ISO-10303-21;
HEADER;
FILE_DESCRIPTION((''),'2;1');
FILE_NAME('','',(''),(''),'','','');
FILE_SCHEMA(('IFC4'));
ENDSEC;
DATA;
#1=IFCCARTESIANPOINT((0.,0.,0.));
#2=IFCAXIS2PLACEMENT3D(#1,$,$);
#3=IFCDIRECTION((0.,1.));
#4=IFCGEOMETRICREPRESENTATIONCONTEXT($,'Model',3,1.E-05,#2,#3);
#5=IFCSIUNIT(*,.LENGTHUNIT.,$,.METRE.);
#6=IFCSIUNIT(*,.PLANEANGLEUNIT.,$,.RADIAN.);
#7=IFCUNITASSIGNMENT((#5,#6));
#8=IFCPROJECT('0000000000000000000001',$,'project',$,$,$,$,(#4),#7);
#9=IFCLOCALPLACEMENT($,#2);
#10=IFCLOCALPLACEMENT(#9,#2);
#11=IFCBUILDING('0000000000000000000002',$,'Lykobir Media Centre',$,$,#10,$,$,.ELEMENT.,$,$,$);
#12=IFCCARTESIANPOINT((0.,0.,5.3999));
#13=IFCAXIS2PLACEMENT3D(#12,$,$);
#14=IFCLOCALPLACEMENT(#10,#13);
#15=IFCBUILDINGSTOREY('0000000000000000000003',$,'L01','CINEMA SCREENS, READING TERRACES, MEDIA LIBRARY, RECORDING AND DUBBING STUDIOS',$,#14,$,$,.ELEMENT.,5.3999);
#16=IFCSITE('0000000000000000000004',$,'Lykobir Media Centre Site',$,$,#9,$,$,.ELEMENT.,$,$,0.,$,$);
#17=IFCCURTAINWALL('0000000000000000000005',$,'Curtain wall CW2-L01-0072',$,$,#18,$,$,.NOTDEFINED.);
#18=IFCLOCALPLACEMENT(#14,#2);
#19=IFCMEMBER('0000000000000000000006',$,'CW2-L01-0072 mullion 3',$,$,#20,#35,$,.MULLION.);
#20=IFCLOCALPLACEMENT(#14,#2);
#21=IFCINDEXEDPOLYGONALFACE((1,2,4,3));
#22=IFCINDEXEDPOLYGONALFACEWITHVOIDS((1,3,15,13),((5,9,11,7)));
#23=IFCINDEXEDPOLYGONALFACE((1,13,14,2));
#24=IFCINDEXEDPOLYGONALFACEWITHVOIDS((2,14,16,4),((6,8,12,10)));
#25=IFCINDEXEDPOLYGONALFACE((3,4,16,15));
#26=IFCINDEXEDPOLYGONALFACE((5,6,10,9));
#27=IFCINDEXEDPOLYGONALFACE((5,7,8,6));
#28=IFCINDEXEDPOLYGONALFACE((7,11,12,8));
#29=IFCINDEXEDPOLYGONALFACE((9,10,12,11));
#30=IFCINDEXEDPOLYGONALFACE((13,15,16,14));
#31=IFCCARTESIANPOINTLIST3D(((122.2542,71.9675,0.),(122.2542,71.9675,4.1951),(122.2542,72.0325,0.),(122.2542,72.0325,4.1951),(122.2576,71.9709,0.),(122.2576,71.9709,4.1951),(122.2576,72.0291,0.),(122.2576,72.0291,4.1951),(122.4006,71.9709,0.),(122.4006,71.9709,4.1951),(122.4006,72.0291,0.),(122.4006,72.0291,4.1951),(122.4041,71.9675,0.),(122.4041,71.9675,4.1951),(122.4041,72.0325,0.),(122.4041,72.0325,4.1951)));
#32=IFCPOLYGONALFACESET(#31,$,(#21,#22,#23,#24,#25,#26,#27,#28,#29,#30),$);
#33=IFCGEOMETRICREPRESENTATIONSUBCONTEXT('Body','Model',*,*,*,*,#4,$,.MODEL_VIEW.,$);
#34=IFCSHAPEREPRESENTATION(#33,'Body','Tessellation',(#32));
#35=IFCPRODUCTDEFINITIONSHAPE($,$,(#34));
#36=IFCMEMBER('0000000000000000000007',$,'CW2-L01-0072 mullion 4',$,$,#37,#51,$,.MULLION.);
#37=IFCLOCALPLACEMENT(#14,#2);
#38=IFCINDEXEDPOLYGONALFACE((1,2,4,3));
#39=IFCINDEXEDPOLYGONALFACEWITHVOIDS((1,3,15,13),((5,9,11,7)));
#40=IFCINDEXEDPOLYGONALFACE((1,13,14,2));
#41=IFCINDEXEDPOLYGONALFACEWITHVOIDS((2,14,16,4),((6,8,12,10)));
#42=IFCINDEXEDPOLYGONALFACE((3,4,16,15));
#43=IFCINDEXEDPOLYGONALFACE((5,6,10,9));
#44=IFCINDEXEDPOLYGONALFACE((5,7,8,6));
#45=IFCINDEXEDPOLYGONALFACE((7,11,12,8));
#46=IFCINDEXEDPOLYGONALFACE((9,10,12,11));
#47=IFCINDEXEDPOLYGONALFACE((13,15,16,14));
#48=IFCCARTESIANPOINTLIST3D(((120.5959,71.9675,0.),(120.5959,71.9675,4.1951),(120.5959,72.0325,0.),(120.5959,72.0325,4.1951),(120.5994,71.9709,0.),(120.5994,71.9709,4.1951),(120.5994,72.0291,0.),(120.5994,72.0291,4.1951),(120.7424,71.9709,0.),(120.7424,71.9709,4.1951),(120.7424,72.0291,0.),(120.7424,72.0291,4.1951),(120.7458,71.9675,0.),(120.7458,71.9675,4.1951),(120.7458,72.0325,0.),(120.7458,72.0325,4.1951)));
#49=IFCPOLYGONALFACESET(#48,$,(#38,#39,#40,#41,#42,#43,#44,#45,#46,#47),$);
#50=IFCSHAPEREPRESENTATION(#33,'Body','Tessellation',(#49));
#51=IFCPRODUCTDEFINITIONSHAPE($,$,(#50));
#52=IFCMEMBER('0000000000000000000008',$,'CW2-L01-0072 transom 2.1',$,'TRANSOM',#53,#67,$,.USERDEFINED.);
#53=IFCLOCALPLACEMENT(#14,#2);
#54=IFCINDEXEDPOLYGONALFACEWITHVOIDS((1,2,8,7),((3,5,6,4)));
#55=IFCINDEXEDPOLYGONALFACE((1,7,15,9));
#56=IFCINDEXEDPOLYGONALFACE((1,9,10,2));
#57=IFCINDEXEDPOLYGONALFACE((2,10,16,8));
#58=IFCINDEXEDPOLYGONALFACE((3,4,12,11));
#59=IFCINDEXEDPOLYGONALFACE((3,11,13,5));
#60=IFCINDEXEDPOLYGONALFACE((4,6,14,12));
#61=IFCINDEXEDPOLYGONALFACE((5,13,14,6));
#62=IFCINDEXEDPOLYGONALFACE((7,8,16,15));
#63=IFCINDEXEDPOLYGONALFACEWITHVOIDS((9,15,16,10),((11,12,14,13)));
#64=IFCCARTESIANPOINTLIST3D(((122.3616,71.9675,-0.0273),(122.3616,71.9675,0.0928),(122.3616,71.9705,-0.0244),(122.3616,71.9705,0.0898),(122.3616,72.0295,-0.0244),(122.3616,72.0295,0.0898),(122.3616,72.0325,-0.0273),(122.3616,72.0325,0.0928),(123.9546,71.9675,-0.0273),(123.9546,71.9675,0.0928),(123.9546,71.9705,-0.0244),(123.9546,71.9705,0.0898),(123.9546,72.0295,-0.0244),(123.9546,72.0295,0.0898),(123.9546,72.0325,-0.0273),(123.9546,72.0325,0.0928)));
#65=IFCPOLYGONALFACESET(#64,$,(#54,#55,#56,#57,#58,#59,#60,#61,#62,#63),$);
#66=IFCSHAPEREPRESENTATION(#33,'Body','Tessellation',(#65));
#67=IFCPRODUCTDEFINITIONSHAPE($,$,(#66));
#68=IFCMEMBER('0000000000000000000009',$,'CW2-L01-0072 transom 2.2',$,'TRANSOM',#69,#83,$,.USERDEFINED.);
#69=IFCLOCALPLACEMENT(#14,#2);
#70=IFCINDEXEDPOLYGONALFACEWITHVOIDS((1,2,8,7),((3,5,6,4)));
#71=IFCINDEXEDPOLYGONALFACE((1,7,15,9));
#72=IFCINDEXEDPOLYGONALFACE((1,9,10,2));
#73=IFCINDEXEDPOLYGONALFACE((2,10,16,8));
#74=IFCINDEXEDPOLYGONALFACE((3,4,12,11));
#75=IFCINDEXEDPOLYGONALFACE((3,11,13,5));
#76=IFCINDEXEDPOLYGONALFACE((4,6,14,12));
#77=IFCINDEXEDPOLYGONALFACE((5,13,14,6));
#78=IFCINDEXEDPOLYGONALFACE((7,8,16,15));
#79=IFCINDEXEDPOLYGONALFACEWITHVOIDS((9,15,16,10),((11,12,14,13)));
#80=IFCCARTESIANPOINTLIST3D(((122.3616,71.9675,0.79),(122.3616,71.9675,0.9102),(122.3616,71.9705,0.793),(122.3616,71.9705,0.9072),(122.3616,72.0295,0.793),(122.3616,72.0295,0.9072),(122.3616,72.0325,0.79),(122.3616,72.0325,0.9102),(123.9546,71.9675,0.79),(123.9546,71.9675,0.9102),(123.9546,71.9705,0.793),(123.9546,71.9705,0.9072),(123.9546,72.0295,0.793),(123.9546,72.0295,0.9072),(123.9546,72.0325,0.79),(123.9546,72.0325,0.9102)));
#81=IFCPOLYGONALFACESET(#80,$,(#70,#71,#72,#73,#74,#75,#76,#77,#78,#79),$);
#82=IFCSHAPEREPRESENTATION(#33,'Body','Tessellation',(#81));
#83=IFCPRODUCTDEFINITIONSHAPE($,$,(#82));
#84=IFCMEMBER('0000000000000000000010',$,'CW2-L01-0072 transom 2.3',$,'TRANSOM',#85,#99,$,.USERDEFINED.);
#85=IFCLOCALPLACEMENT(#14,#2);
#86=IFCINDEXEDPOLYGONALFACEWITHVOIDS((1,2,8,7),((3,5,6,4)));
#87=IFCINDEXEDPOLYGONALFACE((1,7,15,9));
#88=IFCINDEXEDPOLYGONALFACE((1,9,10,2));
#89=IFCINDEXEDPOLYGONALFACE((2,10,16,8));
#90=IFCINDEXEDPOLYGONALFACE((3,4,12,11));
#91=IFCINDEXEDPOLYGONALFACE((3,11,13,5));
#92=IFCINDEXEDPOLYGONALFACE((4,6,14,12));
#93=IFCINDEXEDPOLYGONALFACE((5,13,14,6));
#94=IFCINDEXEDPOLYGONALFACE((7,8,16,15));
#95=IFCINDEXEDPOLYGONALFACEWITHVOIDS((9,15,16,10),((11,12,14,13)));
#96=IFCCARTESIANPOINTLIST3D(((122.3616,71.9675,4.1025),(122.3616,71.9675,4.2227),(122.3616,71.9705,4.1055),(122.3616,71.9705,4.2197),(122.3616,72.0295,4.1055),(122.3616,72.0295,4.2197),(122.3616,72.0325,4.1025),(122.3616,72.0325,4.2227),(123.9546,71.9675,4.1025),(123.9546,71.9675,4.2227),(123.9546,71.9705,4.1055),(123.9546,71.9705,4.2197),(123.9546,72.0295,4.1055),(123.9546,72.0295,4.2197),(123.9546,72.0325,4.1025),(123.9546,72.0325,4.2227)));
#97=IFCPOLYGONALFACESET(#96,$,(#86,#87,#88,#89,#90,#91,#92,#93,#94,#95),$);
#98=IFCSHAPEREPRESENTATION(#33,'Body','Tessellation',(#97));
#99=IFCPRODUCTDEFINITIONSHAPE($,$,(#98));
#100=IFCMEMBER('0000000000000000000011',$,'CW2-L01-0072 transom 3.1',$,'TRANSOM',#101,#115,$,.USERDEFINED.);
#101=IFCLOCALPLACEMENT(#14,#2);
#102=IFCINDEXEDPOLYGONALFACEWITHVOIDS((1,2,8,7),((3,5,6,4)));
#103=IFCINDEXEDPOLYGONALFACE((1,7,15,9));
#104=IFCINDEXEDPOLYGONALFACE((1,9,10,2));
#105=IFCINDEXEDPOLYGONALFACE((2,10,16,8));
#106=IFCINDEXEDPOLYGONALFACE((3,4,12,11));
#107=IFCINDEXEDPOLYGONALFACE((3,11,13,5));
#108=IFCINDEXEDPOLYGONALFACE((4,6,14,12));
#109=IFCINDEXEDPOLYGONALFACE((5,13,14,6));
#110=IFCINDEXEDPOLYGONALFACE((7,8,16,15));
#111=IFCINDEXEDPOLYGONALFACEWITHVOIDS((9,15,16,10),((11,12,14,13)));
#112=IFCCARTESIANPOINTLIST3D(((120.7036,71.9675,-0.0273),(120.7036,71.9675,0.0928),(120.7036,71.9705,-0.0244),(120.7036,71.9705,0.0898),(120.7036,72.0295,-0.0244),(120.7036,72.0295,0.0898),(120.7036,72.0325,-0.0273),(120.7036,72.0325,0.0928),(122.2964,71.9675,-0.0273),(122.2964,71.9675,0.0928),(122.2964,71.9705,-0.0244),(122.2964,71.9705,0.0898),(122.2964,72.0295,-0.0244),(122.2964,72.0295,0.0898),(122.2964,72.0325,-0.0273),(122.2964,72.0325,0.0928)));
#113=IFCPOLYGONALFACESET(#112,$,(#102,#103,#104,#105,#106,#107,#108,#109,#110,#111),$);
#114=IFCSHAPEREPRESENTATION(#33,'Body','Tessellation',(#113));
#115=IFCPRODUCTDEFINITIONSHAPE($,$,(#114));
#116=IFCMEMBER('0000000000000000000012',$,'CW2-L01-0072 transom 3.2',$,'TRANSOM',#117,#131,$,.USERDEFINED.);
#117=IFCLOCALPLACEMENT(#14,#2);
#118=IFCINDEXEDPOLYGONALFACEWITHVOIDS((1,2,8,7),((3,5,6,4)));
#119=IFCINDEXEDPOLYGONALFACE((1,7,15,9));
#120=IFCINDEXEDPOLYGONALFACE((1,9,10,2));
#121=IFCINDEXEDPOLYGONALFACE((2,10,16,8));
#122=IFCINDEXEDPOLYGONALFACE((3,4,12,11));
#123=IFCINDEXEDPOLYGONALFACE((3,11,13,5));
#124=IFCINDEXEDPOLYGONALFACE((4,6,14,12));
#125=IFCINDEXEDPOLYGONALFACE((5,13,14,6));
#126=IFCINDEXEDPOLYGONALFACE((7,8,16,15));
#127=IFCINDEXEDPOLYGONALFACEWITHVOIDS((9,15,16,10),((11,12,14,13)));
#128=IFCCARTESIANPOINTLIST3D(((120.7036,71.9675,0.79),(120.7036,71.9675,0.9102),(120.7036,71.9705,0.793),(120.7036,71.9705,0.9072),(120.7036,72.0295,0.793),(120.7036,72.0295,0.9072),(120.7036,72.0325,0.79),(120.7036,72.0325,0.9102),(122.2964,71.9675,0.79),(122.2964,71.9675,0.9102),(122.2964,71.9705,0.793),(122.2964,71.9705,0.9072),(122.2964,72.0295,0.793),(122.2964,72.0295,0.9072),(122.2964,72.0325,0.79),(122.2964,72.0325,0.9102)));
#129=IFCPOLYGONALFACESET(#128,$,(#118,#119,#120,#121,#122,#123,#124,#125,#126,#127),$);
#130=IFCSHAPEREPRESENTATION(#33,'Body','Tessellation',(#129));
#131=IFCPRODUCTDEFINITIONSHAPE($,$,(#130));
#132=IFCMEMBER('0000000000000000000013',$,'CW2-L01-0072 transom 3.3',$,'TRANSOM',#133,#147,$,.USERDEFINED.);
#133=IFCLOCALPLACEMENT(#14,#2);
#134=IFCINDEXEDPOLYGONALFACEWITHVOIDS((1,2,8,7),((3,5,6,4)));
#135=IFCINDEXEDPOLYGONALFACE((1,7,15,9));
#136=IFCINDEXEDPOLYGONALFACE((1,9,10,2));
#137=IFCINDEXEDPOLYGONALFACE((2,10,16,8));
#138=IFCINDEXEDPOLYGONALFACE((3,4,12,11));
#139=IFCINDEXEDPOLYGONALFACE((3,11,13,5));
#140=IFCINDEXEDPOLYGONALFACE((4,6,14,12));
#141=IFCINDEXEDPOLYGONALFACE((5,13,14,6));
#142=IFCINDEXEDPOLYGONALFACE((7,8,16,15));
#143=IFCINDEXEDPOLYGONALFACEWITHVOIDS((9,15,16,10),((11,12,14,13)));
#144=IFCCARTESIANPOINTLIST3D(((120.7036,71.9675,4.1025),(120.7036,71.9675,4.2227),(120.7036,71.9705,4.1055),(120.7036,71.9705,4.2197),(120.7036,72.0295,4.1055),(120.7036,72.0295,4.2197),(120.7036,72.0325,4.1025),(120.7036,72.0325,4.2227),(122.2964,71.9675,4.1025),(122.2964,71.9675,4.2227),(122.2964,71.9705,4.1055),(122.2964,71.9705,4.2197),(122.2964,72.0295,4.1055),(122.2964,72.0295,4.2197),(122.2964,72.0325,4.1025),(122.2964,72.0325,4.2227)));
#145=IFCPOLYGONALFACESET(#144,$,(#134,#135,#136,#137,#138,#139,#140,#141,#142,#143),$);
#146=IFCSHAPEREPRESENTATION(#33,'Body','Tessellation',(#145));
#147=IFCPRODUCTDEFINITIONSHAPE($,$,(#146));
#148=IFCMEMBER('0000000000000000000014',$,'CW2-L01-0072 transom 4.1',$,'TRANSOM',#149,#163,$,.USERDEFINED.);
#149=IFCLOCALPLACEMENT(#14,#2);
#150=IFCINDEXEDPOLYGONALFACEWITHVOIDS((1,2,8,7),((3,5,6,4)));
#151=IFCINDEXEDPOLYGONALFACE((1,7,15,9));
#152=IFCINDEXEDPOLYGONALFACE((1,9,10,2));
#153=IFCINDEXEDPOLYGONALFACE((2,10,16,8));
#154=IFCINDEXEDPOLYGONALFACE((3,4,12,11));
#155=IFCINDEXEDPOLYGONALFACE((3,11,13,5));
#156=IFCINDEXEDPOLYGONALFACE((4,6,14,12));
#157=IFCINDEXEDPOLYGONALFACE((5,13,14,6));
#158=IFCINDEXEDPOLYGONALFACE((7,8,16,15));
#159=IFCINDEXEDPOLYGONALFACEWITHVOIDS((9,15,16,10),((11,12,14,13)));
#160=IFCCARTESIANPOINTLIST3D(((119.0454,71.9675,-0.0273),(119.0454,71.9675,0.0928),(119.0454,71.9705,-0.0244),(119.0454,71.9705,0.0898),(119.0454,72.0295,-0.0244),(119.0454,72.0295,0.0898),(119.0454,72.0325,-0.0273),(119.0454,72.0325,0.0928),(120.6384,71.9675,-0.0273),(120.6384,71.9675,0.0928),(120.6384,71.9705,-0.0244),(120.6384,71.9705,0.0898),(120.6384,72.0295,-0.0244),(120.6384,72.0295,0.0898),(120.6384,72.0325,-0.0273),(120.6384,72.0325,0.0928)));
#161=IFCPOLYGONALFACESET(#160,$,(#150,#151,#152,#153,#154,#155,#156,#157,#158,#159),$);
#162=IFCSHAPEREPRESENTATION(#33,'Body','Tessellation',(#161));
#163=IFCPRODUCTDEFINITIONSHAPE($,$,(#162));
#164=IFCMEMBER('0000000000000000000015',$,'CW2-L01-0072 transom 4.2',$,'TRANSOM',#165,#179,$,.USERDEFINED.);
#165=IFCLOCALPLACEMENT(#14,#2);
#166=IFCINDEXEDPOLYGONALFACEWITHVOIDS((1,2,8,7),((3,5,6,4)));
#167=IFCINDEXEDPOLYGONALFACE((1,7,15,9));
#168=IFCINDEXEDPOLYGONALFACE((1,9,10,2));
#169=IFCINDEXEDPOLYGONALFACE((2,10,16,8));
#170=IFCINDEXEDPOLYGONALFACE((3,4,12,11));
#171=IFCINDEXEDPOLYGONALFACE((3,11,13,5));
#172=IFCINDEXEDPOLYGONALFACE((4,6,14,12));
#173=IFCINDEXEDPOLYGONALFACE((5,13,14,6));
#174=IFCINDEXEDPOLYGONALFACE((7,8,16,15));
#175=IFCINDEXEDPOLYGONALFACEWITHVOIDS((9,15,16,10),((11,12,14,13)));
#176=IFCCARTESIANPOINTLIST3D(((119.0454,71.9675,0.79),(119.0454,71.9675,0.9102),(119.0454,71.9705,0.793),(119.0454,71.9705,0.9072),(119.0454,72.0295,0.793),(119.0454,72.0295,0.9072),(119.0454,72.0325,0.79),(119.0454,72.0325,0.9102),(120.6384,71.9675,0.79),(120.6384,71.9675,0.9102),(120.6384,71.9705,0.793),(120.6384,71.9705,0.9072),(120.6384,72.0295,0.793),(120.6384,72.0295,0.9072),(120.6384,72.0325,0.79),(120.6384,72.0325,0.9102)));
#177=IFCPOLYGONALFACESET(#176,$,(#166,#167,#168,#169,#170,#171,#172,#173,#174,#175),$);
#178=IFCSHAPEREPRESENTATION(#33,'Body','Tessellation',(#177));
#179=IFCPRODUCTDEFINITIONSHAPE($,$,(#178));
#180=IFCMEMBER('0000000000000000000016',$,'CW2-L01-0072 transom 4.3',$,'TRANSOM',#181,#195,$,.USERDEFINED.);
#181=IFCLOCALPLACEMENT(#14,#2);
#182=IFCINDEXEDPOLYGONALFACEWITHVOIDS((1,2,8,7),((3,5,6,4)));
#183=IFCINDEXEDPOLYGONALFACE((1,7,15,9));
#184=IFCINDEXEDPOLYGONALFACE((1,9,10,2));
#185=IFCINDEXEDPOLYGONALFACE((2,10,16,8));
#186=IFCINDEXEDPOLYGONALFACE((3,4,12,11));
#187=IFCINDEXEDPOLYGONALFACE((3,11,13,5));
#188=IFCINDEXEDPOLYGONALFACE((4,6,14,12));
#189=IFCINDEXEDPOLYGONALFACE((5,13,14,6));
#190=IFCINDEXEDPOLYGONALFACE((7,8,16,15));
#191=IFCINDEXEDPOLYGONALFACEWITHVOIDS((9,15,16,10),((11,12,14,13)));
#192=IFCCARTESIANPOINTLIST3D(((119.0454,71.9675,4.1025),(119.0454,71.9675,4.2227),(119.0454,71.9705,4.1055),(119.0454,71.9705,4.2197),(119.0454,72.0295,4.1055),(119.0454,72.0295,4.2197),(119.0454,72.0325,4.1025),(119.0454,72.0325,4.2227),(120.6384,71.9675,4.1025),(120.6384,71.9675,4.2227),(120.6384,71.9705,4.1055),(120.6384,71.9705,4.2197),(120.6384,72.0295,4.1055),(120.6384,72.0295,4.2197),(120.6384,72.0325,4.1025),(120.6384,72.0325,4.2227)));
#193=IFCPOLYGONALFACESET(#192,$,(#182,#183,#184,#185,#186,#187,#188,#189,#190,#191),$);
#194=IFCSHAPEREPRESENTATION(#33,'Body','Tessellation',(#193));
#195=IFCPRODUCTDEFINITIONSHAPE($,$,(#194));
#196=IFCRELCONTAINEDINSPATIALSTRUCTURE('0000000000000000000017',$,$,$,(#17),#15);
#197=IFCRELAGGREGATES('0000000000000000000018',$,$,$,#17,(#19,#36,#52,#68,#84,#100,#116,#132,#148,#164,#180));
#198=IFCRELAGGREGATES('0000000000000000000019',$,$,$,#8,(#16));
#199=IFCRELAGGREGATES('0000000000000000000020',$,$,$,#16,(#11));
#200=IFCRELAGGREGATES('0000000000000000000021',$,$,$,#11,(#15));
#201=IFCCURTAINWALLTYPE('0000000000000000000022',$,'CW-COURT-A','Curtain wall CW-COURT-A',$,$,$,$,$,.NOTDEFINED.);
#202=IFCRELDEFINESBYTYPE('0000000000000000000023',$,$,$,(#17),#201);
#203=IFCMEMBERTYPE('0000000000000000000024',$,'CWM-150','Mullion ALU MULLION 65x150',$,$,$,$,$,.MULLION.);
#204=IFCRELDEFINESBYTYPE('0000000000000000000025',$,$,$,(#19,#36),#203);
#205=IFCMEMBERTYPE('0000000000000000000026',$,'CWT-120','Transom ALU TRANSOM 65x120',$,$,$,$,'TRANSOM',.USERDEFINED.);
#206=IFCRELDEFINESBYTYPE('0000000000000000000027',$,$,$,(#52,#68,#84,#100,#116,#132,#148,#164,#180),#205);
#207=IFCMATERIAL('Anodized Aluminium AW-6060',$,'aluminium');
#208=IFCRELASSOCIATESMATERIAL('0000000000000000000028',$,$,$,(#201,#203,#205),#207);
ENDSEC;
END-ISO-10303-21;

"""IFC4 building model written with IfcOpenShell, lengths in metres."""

from ifc_helpers import new_model, si_unit, direction, frame, origin, origin_2d, place, context, subcontext, project, spatial, hollow_rectangle, extrude, material, material_profile, profile_set, type_object, element, aggregate, save


model = new_model("IFC4")

# Units and contexts
model_context = context("Model", 3, precision=1e-05, world=origin(), true_north=direction((0.0, 1.0)))
body_context = subcontext(model_context, "Body", "Model", "MODEL_VIEW")
ifc_project = project(units=[si_unit("LENGTHUNIT", "METRE"), si_unit("PLANEANGLEUNIT", "RADIAN")], contexts=[model_context])

# Site, building, storey
site_placement = place(None, origin())
site = spatial("IfcSite", under=ifc_project, at=site_placement, Name="Lykobir Media Centre Site", CompositionType="ELEMENT", RefElevation=0.0)
building_placement = place(site_placement, origin())
building = spatial("IfcBuilding", under=site, at=building_placement, Name="Lykobir Media Centre", CompositionType="ELEMENT")
storey_placement = place(building_placement, frame((0.0, 0.0, 5.3999)))
storey = spatial("IfcBuildingStorey", under=building, at=storey_placement, Name="L01", Description="CINEMA SCREENS, READING TERRACES, MEDIA LIBRARY, RECORDING AND DUBBING STUDIOS", CompositionType="ELEMENT", Elevation=5.3999)

# Curtain wall, members
ifc_material_1 = material(Name="Anodized Aluminium AW-6060", Category="aluminium")
curtain_wall_type = type_object("IfcCurtainWallType", Name="CW-COURT-A", Description="Curtain wall CW-COURT-A", PredefinedType="NOTDEFINED", material=ifc_material_1)
curtain_wall_placement = place(storey_placement, origin())
curtain_wall = element("IfcCurtainWall", 1, at=curtain_wall_placement, inside=storey, type_object=curtain_wall_type, Name="Curtain wall CW2-L01-0072", PredefinedType="NOTDEFINED")
ifc_material_profile_1 = material_profile(ifc_material_1, hollow_rectangle(XDim=0.0649, YDim=0.1499, WallThickness=0.0034, at=origin_2d()), Name="ALU MULLION 65x150")
ifc_profile_set_1 = profile_set([ifc_material_profile_1], Name="Anodized Aluminium AW-6060")
member_type_1 = type_object("IfcMemberType", Name="CWM-150", Description="Mullion ALU MULLION 65x150", PredefinedType="MULLION", material=ifc_profile_set_1)
member_1_placement = place(storey_placement, frame((122.3291, 72.0, 0.0), z_axis=(0.0, 0.0, 1.0), x_axis=(0.0, -1.0, 0.0)))
member_1 = element("IfcMember", 2, at=member_1_placement, type_object=member_type_1, Name="CW2-L01-0072 mullion 3", PredefinedType="MULLION", context=body_context, shape_type="SweptSolid", body=[
    extrude(hollow_rectangle(XDim=0.0649, YDim=0.1499, WallThickness=0.0034, at=origin_2d()), origin(), (0.0, 0.0, 1.0), 4.1951),
])
member_2_placement = place(storey_placement, frame((120.6709, 72.0, 0.0), z_axis=(0.0, 0.0, 1.0), x_axis=(0.0, -1.0, 0.0)))
member_2 = element("IfcMember", 3, at=member_2_placement, type_object=member_type_1, Name="CW2-L01-0072 mullion 4", PredefinedType="MULLION", context=body_context, shape_type="SweptSolid", body=[
    extrude(hollow_rectangle(XDim=0.0649, YDim=0.1499, WallThickness=0.0034, at=origin_2d()), origin(), (0.0, 0.0, 1.0), 4.1951),
])
ifc_material_profile_2 = material_profile(ifc_material_1, hollow_rectangle(XDim=0.0649, YDim=0.1201, WallThickness=0.0029, at=origin_2d()), Name="ALU TRANSOM 65x120")
ifc_profile_set_2 = profile_set([ifc_material_profile_2], Name="Anodized Aluminium AW-6060")
member_type_2 = type_object("IfcMemberType", Name="CWT-120", Description="Transom ALU TRANSOM 65x120", ElementType="TRANSOM", PredefinedType="USERDEFINED", material=ifc_profile_set_2)
member_3_placement = place(storey_placement, frame((123.9546, 72.0, 0.0327), z_axis=(-1.0, 0.0, 0.0), x_axis=(0.0, -1.0, 0.0)))
member_3 = element("IfcMember", 4, at=member_3_placement, type_object=member_type_2, Name="CW2-L01-0072 transom 2.1", ObjectType="TRANSOM", PredefinedType="USERDEFINED", context=body_context, shape_type="SweptSolid", body=[
    extrude(hollow_rectangle(XDim=0.0649, YDim=0.1201, WallThickness=0.0029, at=origin_2d()), origin(), (0.0, 0.0, 1.0), 1.593),
])
member_4_placement = place(storey_placement, frame((123.9546, 72.0, 0.8501), z_axis=(-1.0, 0.0, 0.0), x_axis=(0.0, -1.0, 0.0)))
member_4 = element("IfcMember", 5, at=member_4_placement, type_object=member_type_2, Name="CW2-L01-0072 transom 2.2", ObjectType="TRANSOM", PredefinedType="USERDEFINED", context=body_context, shape_type="SweptSolid", body=[
    extrude(hollow_rectangle(XDim=0.0649, YDim=0.1201, WallThickness=0.0029, at=origin_2d()), origin(), (0.0, 0.0, 1.0), 1.593),
])
member_5_placement = place(storey_placement, frame((123.9546, 72.0, 4.1626), z_axis=(-1.0, 0.0, 0.0), x_axis=(0.0, -1.0, 0.0)))
member_5 = element("IfcMember", 6, at=member_5_placement, type_object=member_type_2, Name="CW2-L01-0072 transom 2.3", ObjectType="TRANSOM", PredefinedType="USERDEFINED", context=body_context, shape_type="SweptSolid", body=[
    extrude(hollow_rectangle(XDim=0.0649, YDim=0.1201, WallThickness=0.0029, at=origin_2d()), origin(), (0.0, 0.0, 1.0), 1.593),
])
member_6_placement = place(storey_placement, frame((122.2964, 72.0, 0.0327), z_axis=(-1.0, 0.0, 0.0), x_axis=(0.0, -1.0, 0.0)))
member_6 = element("IfcMember", 7, at=member_6_placement, type_object=member_type_2, Name="CW2-L01-0072 transom 3.1", ObjectType="TRANSOM", PredefinedType="USERDEFINED", context=body_context, shape_type="SweptSolid", body=[
    extrude(hollow_rectangle(XDim=0.0649, YDim=0.1201, WallThickness=0.0029, at=origin_2d()), origin(), (0.0, 0.0, 1.0), 1.5928),
])
member_7_placement = place(storey_placement, frame((122.2964, 72.0, 0.8501), z_axis=(-1.0, 0.0, 0.0), x_axis=(0.0, -1.0, 0.0)))
member_7 = element("IfcMember", 8, at=member_7_placement, type_object=member_type_2, Name="CW2-L01-0072 transom 3.2", ObjectType="TRANSOM", PredefinedType="USERDEFINED", context=body_context, shape_type="SweptSolid", body=[
    extrude(hollow_rectangle(XDim=0.0649, YDim=0.1201, WallThickness=0.0029, at=origin_2d()), origin(), (0.0, 0.0, 1.0), 1.5928),
])
member_8_placement = place(storey_placement, frame((122.2964, 72.0, 4.1626), z_axis=(-1.0, 0.0, 0.0), x_axis=(0.0, -1.0, 0.0)))
member_8 = element("IfcMember", 9, at=member_8_placement, type_object=member_type_2, Name="CW2-L01-0072 transom 3.3", ObjectType="TRANSOM", PredefinedType="USERDEFINED", context=body_context, shape_type="SweptSolid", body=[
    extrude(hollow_rectangle(XDim=0.0649, YDim=0.1201, WallThickness=0.0029, at=origin_2d()), origin(), (0.0, 0.0, 1.0), 1.5928),
])
member_9_placement = place(storey_placement, frame((120.6384, 72.0, 0.0327), z_axis=(-1.0, 0.0, 0.0), x_axis=(0.0, -1.0, 0.0)))
member_9 = element("IfcMember", 10, at=member_9_placement, type_object=member_type_2, Name="CW2-L01-0072 transom 4.1", ObjectType="TRANSOM", PredefinedType="USERDEFINED", context=body_context, shape_type="SweptSolid", body=[
    extrude(hollow_rectangle(XDim=0.0649, YDim=0.1201, WallThickness=0.0029, at=origin_2d()), origin(), (0.0, 0.0, 1.0), 1.593),
])
member_10_placement = place(storey_placement, frame((120.6384, 72.0, 0.8501), z_axis=(-1.0, 0.0, 0.0), x_axis=(0.0, -1.0, 0.0)))
member_10 = element("IfcMember", 11, at=member_10_placement, type_object=member_type_2, Name="CW2-L01-0072 transom 4.2", ObjectType="TRANSOM", PredefinedType="USERDEFINED", context=body_context, shape_type="SweptSolid", body=[
    extrude(hollow_rectangle(XDim=0.0649, YDim=0.1201, WallThickness=0.0029, at=origin_2d()), origin(), (0.0, 0.0, 1.0), 1.593),
])
member_11_placement = place(storey_placement, frame((120.6384, 72.0, 4.1626), z_axis=(-1.0, 0.0, 0.0), x_axis=(0.0, -1.0, 0.0)))
member_11 = element("IfcMember", 12, at=member_11_placement, type_object=member_type_2, Name="CW2-L01-0072 transom 4.3", ObjectType="TRANSOM", PredefinedType="USERDEFINED", context=body_context, shape_type="SweptSolid", body=[
    extrude(hollow_rectangle(XDim=0.0649, YDim=0.1201, WallThickness=0.0029, at=origin_2d()), origin(), (0.0, 0.0, 1.0), 1.593),
])

aggregate(curtain_wall, [member_1, member_2, member_3, member_4, member_5, member_6, member_7, member_8, member_9, member_10, member_11])

save(model, "model.ifc")
